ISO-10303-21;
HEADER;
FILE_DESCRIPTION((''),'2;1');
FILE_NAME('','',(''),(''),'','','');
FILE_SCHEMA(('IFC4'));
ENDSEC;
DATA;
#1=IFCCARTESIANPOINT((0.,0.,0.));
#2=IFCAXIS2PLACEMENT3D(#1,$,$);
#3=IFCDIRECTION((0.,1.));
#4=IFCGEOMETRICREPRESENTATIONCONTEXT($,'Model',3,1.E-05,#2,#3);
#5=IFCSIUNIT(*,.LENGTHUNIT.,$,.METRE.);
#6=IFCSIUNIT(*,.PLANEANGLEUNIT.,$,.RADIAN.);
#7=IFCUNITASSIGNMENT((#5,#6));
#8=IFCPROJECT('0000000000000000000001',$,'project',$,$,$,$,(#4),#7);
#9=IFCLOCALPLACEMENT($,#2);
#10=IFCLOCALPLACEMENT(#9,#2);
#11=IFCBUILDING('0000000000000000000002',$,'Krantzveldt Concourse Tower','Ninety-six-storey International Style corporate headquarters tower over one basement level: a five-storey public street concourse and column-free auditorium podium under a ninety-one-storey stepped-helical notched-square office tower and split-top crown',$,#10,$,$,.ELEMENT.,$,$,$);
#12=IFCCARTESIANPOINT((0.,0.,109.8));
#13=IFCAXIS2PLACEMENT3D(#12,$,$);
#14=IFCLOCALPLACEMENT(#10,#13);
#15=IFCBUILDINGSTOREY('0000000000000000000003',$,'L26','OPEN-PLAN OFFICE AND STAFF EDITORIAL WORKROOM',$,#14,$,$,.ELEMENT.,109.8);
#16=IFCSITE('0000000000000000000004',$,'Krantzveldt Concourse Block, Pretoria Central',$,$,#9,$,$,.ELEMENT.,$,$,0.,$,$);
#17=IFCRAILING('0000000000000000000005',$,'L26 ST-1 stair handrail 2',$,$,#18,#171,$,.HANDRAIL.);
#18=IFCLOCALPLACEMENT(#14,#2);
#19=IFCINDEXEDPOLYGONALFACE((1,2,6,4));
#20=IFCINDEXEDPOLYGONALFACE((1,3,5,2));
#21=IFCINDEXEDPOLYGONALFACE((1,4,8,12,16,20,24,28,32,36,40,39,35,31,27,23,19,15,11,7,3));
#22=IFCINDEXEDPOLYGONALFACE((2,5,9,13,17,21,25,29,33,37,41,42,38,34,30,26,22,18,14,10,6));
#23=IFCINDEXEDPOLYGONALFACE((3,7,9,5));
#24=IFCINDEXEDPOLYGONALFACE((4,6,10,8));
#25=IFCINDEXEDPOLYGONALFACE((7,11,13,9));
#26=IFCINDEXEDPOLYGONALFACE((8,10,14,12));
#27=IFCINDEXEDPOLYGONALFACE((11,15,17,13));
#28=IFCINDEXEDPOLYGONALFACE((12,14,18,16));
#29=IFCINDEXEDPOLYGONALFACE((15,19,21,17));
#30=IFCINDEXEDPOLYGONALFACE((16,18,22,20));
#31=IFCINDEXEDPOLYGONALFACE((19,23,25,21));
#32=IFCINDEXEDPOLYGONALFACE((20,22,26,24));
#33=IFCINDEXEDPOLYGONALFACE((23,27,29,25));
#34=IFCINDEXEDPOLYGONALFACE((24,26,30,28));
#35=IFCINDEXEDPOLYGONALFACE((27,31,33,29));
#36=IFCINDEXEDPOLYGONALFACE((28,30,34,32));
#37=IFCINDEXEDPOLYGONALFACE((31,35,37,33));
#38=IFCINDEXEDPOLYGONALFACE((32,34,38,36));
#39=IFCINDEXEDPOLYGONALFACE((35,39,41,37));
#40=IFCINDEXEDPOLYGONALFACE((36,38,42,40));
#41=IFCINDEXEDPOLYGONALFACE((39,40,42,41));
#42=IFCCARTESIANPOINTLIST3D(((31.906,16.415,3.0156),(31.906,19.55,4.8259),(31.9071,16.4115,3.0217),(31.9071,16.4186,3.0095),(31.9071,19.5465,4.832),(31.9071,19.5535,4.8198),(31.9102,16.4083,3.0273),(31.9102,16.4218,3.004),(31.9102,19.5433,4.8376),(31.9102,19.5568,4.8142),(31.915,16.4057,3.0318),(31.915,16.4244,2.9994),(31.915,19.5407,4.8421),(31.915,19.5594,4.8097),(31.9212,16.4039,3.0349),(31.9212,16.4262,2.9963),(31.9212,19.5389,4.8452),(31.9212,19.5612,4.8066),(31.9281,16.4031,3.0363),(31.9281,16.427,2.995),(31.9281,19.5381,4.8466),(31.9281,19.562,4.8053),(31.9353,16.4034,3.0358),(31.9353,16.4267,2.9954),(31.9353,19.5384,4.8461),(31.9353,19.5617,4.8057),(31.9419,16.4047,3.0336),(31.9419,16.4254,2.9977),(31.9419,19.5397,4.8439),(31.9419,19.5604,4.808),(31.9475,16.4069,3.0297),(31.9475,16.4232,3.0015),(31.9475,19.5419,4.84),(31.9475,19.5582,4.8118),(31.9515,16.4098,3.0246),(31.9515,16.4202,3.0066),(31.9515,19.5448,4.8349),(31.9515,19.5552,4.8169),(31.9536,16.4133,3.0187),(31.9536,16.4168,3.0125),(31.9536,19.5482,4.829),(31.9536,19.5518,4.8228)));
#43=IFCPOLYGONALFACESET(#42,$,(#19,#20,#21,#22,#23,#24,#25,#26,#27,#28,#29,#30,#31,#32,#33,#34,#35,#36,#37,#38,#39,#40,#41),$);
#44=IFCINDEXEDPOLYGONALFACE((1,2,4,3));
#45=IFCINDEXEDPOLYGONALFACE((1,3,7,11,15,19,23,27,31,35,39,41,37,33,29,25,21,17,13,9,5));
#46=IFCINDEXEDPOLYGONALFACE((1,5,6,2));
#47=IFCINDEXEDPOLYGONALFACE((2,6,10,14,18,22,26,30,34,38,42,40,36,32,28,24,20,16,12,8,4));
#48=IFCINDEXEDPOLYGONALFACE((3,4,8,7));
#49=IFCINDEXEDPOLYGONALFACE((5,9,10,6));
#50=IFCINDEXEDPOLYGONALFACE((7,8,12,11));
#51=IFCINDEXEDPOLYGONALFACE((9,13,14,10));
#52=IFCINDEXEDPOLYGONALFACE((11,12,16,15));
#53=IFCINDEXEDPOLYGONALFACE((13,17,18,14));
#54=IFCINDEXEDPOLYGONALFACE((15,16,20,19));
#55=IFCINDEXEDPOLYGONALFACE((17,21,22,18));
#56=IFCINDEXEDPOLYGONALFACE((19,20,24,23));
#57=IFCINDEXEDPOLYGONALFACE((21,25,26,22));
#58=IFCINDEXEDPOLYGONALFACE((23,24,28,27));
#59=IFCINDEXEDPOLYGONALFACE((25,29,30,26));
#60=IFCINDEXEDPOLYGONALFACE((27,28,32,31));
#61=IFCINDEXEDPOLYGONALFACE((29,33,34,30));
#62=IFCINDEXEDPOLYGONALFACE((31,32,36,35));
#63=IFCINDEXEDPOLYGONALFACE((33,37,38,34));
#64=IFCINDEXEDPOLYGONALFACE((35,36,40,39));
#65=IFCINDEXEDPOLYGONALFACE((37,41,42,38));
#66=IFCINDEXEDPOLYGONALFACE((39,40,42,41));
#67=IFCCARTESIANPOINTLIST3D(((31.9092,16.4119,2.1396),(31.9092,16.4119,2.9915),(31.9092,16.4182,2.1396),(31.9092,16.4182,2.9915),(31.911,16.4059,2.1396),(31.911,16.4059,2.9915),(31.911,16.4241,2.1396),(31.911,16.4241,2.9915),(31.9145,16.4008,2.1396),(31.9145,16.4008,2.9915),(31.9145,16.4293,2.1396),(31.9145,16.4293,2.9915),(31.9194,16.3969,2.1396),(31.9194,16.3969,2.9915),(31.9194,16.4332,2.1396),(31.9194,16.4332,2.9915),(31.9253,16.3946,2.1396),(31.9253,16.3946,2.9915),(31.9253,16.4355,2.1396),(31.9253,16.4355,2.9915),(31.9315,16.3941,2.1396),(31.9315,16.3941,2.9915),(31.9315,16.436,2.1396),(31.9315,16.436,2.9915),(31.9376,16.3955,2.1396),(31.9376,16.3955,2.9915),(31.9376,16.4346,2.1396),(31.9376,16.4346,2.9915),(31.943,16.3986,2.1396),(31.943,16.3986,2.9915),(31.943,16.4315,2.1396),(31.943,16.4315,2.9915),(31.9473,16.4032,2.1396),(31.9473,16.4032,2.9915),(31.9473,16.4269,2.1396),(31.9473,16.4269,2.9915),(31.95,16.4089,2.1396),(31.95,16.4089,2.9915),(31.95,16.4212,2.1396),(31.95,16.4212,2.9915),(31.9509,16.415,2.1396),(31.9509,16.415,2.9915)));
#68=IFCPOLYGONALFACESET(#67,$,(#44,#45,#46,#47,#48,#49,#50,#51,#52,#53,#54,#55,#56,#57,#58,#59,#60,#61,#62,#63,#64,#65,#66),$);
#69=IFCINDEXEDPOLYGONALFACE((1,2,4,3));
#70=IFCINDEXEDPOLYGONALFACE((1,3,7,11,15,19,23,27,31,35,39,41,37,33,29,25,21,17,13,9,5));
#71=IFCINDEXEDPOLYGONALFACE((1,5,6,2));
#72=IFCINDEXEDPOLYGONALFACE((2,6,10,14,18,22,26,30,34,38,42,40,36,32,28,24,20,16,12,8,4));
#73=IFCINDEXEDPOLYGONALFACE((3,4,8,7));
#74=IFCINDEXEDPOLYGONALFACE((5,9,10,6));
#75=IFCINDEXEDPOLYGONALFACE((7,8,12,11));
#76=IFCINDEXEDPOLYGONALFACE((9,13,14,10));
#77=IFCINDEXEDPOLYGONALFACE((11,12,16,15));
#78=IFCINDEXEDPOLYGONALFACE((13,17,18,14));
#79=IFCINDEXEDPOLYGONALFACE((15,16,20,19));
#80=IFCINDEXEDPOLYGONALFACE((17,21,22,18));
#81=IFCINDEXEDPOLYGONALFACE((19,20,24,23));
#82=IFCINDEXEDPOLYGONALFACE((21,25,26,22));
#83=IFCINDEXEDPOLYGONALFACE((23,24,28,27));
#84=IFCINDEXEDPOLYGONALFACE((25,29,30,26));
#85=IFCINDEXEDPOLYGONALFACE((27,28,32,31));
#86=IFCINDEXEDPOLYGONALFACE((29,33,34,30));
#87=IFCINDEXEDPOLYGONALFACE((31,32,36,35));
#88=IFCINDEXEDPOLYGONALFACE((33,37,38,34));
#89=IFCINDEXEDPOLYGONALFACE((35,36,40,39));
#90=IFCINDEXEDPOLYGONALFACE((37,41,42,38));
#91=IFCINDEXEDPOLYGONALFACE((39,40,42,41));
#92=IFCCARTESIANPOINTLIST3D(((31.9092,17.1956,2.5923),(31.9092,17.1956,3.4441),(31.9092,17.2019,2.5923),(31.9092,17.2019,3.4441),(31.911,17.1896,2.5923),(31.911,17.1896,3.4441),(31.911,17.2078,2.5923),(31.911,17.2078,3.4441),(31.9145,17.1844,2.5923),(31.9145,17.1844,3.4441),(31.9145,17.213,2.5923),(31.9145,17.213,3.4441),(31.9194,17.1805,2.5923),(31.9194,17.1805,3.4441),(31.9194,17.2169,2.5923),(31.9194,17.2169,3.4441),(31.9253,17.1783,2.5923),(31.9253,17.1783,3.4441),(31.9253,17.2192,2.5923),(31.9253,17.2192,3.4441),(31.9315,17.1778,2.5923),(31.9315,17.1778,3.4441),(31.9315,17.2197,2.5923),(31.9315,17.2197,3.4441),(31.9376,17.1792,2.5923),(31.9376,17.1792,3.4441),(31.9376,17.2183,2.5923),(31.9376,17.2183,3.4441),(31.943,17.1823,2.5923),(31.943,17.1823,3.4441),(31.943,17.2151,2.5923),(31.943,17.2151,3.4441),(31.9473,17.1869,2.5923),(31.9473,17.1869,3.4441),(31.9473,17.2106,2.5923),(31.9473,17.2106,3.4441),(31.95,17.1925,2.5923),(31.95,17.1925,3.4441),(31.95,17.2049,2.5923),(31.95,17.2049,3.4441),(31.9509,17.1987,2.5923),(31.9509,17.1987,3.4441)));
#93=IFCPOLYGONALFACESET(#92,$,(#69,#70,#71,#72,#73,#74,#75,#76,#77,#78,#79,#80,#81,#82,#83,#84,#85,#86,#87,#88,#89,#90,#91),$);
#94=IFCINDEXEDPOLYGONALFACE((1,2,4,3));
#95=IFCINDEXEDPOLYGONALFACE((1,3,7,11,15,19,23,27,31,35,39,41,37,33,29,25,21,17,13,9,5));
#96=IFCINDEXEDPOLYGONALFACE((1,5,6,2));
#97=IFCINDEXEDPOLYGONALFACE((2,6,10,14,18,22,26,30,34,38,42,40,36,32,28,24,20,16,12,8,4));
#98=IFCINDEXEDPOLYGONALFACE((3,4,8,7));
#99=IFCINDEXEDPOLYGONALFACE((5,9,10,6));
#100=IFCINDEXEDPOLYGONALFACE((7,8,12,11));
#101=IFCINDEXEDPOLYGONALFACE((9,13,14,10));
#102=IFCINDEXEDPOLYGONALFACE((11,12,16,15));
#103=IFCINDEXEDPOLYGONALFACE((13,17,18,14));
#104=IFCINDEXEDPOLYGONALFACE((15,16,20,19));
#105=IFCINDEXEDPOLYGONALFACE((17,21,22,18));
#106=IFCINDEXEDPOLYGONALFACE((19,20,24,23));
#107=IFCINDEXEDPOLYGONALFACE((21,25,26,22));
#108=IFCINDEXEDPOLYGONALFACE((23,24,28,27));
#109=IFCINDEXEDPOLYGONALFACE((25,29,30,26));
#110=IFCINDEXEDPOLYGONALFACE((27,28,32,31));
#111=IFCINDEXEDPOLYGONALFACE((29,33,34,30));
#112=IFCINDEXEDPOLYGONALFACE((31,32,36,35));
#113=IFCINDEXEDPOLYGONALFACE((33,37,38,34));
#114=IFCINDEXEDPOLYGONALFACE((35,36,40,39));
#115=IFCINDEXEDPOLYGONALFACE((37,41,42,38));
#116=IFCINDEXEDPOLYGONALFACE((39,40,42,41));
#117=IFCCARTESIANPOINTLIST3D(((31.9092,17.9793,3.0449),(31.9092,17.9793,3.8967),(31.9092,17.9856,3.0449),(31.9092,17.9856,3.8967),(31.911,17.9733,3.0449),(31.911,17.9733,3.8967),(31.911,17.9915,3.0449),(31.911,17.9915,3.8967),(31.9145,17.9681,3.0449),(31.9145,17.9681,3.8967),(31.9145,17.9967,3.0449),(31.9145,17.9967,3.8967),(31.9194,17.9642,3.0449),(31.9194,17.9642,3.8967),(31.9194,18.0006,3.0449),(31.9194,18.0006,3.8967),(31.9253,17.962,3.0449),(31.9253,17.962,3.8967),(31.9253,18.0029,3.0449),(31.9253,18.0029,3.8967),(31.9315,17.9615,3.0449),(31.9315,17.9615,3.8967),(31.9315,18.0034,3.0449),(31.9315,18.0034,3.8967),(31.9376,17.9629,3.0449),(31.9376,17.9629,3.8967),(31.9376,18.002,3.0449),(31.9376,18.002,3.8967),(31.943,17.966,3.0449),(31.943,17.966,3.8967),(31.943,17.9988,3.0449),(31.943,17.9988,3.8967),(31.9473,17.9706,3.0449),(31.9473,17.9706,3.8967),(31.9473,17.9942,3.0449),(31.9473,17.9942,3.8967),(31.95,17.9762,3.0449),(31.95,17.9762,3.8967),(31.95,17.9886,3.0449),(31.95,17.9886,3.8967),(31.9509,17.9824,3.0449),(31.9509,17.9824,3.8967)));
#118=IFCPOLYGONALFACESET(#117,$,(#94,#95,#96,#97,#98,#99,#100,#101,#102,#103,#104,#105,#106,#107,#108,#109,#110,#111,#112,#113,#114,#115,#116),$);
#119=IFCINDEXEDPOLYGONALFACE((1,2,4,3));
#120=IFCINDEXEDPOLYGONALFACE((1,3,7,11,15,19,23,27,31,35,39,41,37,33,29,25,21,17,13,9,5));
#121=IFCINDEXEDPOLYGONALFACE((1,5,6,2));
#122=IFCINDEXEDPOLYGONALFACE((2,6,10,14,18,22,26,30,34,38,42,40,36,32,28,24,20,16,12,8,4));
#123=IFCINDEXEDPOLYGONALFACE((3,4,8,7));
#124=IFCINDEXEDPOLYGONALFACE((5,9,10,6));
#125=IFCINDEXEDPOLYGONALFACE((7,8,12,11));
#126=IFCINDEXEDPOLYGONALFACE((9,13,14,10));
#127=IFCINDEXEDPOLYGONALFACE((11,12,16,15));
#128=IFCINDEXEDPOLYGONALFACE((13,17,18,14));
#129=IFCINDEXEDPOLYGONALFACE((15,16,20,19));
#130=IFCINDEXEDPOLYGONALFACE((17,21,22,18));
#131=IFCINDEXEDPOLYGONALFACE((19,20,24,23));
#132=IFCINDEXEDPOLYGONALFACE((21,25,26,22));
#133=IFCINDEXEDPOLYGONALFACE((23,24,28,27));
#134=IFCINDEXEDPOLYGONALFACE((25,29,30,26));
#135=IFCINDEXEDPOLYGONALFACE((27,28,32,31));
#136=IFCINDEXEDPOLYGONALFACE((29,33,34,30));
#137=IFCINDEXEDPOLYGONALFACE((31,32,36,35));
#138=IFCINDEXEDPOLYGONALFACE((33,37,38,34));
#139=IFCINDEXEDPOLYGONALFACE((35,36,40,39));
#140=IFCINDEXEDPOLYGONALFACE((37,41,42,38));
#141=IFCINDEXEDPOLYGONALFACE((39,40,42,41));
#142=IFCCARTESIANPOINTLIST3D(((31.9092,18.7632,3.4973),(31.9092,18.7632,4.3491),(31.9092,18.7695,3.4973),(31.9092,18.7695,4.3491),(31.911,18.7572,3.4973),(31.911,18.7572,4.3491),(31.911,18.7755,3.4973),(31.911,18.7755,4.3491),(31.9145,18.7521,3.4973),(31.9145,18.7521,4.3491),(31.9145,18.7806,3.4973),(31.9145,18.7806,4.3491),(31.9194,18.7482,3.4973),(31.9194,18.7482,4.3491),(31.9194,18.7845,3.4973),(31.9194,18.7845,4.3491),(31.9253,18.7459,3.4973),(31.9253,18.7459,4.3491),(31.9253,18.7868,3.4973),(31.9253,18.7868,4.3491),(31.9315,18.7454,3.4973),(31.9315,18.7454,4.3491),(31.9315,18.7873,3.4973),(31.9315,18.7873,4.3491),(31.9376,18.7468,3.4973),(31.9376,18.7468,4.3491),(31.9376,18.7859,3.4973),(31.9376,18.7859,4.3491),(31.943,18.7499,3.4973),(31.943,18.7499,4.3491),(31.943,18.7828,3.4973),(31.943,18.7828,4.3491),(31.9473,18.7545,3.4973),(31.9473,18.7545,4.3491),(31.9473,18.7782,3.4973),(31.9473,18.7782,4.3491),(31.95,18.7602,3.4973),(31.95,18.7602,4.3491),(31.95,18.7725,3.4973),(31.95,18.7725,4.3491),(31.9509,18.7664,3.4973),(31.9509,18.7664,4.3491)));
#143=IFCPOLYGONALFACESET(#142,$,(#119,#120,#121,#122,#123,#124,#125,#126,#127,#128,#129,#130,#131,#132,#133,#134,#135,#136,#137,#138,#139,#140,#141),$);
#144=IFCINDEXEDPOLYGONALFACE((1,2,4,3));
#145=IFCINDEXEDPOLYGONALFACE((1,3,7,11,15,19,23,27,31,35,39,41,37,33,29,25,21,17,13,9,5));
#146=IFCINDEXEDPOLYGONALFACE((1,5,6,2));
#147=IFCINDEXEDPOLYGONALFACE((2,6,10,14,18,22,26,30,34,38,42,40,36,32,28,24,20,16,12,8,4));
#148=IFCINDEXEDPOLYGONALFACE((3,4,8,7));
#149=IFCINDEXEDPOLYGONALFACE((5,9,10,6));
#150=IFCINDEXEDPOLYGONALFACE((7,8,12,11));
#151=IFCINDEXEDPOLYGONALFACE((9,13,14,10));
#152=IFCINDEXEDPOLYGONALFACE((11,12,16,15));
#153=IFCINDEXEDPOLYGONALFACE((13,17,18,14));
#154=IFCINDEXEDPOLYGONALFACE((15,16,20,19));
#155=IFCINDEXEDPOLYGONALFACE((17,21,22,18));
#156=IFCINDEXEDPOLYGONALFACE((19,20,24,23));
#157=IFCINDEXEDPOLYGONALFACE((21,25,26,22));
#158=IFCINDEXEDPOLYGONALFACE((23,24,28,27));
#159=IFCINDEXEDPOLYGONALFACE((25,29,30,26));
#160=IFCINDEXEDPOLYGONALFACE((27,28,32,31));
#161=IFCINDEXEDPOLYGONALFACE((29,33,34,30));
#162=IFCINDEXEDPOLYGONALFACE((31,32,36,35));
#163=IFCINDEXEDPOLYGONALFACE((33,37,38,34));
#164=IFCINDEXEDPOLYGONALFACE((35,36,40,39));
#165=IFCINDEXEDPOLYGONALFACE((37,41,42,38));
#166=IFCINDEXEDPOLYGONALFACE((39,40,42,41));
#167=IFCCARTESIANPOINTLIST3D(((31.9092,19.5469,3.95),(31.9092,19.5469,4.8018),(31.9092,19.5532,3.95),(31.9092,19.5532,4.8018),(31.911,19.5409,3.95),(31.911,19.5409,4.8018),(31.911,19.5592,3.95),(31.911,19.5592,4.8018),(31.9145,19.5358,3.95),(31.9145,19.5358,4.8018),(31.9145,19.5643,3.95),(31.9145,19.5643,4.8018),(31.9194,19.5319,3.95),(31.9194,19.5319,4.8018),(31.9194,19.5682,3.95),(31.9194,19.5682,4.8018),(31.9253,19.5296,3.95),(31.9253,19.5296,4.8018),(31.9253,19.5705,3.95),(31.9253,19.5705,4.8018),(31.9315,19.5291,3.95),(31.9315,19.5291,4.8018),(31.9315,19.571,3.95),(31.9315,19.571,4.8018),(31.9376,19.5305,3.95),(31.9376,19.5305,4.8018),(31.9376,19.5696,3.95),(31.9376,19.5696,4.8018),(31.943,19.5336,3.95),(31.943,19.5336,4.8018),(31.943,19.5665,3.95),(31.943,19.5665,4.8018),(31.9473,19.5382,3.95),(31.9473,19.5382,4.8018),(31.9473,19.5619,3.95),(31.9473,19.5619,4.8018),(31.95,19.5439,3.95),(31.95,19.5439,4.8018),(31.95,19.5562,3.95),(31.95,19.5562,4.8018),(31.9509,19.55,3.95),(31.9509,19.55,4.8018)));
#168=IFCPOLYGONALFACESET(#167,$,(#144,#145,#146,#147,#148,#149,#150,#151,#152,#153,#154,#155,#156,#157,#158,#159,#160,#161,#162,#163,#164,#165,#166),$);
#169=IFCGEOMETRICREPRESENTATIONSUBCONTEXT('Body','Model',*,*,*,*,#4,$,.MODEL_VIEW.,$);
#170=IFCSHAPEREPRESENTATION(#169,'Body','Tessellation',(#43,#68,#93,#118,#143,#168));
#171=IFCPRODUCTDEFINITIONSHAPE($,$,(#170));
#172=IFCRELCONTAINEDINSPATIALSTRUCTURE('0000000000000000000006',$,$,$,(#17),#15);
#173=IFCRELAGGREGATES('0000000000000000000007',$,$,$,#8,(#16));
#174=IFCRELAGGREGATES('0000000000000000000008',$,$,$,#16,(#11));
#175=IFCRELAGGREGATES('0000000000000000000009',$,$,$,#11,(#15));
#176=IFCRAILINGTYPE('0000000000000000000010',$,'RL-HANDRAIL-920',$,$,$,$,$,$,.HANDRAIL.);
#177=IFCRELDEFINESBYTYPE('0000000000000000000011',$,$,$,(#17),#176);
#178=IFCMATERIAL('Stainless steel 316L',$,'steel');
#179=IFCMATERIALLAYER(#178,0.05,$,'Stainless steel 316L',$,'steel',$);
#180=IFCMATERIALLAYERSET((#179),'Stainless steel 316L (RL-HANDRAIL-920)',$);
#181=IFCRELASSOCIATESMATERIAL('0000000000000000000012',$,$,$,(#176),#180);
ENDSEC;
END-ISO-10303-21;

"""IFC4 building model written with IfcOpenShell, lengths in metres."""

from ifc_helpers import new_model, si_unit, direction, frame, origin, origin_2d, place, context, subcontext, project, spatial, circle, extrude, material, layer, layer_set, type_object, element, save


model = new_model("IFC4")

# Units and contexts
model_context = context("Model", 3, precision=1e-05, world=origin(), true_north=direction((0.0, 1.0)))
body_context = subcontext(model_context, "Body", "Model", "MODEL_VIEW")
ifc_project = project(units=[si_unit("LENGTHUNIT", "METRE"), si_unit("PLANEANGLEUNIT", "RADIAN")], contexts=[model_context])

# Site, building, storey
site_placement = place(None, origin())
site = spatial("IfcSite", under=ifc_project, at=site_placement, Name="Krantzveldt Concourse Block, Pretoria Central", CompositionType="ELEMENT", RefElevation=0.0)
building_placement = place(site_placement, origin())
building = spatial("IfcBuilding", under=site, at=building_placement, Name="Krantzveldt Concourse Tower", Description="Ninety-six-storey International Style corporate headquarters tower over one basement level: a five-storey public street concourse and column-free auditorium podium under a ninety-one-storey stepped-helical notched-square office tower and split-top crown", CompositionType="ELEMENT")
storey_placement = place(building_placement, frame((0.0, 0.0, 109.8)))
storey = spatial("IfcBuildingStorey", under=building, at=storey_placement, Name="L26", Description="OPEN-PLAN OFFICE AND STAFF EDITORIAL WORKROOM", CompositionType="ELEMENT", Elevation=109.8)

# Railing
ifc_material_1 = material(Name="Stainless steel 316L", Category="steel")
ifc_layer_1 = layer(ifc_material_1, 0.05, Name="Stainless steel 316L", Category="steel")
ifc_layer_set_1 = layer_set([ifc_layer_1], Name="Stainless steel 316L (RL-HANDRAIL-920)")
railing_type_1 = type_object("IfcRailingType", Name="RL-HANDRAIL-920", PredefinedType="HANDRAIL", material=ifc_layer_set_1)
railing_1_placement = place(storey_placement, frame((31.9299, 16.415, 2.1396)))
element("IfcRailing", 1, at=railing_1_placement, inside=storey, type_object=railing_type_1, Name="L26 ST-1 stair handrail 2", PredefinedType="HANDRAIL", context=body_context, shape_type="SweptSolid", body=[
    extrude(circle(Radius=0.0239, at=origin_2d()), frame((0.0, 0.0, 0.876), z_axis=(0.0, 0.865989, 0.500063), x_axis=(-1.0, 0.0, 0.0)), (0.0, 0.0, 1.0), 3.6201),
    extrude(circle(Radius=0.021, at=origin_2d()), origin(), (0.0, 0.0, 1.0), 0.8518),
    extrude(circle(Radius=0.021, at=origin_2d()), frame((0.0, 0.7837, 0.4526)), (0.0, 0.0, 1.0), 0.8518),
    extrude(circle(Radius=0.021, at=origin_2d()), frame((0.0, 1.5674, 0.9053)), (0.0, 0.0, 1.0), 0.8518),
    extrude(circle(Radius=0.021, at=origin_2d()), frame((0.0, 2.3513, 1.3577)), (0.0, 0.0, 1.0), 0.8518),
    extrude(circle(Radius=0.021, at=origin_2d()), frame((0.0, 3.135, 1.8103)), (0.0, 0.0, 1.0), 0.8518),
])

save(model, "model.ifc")
